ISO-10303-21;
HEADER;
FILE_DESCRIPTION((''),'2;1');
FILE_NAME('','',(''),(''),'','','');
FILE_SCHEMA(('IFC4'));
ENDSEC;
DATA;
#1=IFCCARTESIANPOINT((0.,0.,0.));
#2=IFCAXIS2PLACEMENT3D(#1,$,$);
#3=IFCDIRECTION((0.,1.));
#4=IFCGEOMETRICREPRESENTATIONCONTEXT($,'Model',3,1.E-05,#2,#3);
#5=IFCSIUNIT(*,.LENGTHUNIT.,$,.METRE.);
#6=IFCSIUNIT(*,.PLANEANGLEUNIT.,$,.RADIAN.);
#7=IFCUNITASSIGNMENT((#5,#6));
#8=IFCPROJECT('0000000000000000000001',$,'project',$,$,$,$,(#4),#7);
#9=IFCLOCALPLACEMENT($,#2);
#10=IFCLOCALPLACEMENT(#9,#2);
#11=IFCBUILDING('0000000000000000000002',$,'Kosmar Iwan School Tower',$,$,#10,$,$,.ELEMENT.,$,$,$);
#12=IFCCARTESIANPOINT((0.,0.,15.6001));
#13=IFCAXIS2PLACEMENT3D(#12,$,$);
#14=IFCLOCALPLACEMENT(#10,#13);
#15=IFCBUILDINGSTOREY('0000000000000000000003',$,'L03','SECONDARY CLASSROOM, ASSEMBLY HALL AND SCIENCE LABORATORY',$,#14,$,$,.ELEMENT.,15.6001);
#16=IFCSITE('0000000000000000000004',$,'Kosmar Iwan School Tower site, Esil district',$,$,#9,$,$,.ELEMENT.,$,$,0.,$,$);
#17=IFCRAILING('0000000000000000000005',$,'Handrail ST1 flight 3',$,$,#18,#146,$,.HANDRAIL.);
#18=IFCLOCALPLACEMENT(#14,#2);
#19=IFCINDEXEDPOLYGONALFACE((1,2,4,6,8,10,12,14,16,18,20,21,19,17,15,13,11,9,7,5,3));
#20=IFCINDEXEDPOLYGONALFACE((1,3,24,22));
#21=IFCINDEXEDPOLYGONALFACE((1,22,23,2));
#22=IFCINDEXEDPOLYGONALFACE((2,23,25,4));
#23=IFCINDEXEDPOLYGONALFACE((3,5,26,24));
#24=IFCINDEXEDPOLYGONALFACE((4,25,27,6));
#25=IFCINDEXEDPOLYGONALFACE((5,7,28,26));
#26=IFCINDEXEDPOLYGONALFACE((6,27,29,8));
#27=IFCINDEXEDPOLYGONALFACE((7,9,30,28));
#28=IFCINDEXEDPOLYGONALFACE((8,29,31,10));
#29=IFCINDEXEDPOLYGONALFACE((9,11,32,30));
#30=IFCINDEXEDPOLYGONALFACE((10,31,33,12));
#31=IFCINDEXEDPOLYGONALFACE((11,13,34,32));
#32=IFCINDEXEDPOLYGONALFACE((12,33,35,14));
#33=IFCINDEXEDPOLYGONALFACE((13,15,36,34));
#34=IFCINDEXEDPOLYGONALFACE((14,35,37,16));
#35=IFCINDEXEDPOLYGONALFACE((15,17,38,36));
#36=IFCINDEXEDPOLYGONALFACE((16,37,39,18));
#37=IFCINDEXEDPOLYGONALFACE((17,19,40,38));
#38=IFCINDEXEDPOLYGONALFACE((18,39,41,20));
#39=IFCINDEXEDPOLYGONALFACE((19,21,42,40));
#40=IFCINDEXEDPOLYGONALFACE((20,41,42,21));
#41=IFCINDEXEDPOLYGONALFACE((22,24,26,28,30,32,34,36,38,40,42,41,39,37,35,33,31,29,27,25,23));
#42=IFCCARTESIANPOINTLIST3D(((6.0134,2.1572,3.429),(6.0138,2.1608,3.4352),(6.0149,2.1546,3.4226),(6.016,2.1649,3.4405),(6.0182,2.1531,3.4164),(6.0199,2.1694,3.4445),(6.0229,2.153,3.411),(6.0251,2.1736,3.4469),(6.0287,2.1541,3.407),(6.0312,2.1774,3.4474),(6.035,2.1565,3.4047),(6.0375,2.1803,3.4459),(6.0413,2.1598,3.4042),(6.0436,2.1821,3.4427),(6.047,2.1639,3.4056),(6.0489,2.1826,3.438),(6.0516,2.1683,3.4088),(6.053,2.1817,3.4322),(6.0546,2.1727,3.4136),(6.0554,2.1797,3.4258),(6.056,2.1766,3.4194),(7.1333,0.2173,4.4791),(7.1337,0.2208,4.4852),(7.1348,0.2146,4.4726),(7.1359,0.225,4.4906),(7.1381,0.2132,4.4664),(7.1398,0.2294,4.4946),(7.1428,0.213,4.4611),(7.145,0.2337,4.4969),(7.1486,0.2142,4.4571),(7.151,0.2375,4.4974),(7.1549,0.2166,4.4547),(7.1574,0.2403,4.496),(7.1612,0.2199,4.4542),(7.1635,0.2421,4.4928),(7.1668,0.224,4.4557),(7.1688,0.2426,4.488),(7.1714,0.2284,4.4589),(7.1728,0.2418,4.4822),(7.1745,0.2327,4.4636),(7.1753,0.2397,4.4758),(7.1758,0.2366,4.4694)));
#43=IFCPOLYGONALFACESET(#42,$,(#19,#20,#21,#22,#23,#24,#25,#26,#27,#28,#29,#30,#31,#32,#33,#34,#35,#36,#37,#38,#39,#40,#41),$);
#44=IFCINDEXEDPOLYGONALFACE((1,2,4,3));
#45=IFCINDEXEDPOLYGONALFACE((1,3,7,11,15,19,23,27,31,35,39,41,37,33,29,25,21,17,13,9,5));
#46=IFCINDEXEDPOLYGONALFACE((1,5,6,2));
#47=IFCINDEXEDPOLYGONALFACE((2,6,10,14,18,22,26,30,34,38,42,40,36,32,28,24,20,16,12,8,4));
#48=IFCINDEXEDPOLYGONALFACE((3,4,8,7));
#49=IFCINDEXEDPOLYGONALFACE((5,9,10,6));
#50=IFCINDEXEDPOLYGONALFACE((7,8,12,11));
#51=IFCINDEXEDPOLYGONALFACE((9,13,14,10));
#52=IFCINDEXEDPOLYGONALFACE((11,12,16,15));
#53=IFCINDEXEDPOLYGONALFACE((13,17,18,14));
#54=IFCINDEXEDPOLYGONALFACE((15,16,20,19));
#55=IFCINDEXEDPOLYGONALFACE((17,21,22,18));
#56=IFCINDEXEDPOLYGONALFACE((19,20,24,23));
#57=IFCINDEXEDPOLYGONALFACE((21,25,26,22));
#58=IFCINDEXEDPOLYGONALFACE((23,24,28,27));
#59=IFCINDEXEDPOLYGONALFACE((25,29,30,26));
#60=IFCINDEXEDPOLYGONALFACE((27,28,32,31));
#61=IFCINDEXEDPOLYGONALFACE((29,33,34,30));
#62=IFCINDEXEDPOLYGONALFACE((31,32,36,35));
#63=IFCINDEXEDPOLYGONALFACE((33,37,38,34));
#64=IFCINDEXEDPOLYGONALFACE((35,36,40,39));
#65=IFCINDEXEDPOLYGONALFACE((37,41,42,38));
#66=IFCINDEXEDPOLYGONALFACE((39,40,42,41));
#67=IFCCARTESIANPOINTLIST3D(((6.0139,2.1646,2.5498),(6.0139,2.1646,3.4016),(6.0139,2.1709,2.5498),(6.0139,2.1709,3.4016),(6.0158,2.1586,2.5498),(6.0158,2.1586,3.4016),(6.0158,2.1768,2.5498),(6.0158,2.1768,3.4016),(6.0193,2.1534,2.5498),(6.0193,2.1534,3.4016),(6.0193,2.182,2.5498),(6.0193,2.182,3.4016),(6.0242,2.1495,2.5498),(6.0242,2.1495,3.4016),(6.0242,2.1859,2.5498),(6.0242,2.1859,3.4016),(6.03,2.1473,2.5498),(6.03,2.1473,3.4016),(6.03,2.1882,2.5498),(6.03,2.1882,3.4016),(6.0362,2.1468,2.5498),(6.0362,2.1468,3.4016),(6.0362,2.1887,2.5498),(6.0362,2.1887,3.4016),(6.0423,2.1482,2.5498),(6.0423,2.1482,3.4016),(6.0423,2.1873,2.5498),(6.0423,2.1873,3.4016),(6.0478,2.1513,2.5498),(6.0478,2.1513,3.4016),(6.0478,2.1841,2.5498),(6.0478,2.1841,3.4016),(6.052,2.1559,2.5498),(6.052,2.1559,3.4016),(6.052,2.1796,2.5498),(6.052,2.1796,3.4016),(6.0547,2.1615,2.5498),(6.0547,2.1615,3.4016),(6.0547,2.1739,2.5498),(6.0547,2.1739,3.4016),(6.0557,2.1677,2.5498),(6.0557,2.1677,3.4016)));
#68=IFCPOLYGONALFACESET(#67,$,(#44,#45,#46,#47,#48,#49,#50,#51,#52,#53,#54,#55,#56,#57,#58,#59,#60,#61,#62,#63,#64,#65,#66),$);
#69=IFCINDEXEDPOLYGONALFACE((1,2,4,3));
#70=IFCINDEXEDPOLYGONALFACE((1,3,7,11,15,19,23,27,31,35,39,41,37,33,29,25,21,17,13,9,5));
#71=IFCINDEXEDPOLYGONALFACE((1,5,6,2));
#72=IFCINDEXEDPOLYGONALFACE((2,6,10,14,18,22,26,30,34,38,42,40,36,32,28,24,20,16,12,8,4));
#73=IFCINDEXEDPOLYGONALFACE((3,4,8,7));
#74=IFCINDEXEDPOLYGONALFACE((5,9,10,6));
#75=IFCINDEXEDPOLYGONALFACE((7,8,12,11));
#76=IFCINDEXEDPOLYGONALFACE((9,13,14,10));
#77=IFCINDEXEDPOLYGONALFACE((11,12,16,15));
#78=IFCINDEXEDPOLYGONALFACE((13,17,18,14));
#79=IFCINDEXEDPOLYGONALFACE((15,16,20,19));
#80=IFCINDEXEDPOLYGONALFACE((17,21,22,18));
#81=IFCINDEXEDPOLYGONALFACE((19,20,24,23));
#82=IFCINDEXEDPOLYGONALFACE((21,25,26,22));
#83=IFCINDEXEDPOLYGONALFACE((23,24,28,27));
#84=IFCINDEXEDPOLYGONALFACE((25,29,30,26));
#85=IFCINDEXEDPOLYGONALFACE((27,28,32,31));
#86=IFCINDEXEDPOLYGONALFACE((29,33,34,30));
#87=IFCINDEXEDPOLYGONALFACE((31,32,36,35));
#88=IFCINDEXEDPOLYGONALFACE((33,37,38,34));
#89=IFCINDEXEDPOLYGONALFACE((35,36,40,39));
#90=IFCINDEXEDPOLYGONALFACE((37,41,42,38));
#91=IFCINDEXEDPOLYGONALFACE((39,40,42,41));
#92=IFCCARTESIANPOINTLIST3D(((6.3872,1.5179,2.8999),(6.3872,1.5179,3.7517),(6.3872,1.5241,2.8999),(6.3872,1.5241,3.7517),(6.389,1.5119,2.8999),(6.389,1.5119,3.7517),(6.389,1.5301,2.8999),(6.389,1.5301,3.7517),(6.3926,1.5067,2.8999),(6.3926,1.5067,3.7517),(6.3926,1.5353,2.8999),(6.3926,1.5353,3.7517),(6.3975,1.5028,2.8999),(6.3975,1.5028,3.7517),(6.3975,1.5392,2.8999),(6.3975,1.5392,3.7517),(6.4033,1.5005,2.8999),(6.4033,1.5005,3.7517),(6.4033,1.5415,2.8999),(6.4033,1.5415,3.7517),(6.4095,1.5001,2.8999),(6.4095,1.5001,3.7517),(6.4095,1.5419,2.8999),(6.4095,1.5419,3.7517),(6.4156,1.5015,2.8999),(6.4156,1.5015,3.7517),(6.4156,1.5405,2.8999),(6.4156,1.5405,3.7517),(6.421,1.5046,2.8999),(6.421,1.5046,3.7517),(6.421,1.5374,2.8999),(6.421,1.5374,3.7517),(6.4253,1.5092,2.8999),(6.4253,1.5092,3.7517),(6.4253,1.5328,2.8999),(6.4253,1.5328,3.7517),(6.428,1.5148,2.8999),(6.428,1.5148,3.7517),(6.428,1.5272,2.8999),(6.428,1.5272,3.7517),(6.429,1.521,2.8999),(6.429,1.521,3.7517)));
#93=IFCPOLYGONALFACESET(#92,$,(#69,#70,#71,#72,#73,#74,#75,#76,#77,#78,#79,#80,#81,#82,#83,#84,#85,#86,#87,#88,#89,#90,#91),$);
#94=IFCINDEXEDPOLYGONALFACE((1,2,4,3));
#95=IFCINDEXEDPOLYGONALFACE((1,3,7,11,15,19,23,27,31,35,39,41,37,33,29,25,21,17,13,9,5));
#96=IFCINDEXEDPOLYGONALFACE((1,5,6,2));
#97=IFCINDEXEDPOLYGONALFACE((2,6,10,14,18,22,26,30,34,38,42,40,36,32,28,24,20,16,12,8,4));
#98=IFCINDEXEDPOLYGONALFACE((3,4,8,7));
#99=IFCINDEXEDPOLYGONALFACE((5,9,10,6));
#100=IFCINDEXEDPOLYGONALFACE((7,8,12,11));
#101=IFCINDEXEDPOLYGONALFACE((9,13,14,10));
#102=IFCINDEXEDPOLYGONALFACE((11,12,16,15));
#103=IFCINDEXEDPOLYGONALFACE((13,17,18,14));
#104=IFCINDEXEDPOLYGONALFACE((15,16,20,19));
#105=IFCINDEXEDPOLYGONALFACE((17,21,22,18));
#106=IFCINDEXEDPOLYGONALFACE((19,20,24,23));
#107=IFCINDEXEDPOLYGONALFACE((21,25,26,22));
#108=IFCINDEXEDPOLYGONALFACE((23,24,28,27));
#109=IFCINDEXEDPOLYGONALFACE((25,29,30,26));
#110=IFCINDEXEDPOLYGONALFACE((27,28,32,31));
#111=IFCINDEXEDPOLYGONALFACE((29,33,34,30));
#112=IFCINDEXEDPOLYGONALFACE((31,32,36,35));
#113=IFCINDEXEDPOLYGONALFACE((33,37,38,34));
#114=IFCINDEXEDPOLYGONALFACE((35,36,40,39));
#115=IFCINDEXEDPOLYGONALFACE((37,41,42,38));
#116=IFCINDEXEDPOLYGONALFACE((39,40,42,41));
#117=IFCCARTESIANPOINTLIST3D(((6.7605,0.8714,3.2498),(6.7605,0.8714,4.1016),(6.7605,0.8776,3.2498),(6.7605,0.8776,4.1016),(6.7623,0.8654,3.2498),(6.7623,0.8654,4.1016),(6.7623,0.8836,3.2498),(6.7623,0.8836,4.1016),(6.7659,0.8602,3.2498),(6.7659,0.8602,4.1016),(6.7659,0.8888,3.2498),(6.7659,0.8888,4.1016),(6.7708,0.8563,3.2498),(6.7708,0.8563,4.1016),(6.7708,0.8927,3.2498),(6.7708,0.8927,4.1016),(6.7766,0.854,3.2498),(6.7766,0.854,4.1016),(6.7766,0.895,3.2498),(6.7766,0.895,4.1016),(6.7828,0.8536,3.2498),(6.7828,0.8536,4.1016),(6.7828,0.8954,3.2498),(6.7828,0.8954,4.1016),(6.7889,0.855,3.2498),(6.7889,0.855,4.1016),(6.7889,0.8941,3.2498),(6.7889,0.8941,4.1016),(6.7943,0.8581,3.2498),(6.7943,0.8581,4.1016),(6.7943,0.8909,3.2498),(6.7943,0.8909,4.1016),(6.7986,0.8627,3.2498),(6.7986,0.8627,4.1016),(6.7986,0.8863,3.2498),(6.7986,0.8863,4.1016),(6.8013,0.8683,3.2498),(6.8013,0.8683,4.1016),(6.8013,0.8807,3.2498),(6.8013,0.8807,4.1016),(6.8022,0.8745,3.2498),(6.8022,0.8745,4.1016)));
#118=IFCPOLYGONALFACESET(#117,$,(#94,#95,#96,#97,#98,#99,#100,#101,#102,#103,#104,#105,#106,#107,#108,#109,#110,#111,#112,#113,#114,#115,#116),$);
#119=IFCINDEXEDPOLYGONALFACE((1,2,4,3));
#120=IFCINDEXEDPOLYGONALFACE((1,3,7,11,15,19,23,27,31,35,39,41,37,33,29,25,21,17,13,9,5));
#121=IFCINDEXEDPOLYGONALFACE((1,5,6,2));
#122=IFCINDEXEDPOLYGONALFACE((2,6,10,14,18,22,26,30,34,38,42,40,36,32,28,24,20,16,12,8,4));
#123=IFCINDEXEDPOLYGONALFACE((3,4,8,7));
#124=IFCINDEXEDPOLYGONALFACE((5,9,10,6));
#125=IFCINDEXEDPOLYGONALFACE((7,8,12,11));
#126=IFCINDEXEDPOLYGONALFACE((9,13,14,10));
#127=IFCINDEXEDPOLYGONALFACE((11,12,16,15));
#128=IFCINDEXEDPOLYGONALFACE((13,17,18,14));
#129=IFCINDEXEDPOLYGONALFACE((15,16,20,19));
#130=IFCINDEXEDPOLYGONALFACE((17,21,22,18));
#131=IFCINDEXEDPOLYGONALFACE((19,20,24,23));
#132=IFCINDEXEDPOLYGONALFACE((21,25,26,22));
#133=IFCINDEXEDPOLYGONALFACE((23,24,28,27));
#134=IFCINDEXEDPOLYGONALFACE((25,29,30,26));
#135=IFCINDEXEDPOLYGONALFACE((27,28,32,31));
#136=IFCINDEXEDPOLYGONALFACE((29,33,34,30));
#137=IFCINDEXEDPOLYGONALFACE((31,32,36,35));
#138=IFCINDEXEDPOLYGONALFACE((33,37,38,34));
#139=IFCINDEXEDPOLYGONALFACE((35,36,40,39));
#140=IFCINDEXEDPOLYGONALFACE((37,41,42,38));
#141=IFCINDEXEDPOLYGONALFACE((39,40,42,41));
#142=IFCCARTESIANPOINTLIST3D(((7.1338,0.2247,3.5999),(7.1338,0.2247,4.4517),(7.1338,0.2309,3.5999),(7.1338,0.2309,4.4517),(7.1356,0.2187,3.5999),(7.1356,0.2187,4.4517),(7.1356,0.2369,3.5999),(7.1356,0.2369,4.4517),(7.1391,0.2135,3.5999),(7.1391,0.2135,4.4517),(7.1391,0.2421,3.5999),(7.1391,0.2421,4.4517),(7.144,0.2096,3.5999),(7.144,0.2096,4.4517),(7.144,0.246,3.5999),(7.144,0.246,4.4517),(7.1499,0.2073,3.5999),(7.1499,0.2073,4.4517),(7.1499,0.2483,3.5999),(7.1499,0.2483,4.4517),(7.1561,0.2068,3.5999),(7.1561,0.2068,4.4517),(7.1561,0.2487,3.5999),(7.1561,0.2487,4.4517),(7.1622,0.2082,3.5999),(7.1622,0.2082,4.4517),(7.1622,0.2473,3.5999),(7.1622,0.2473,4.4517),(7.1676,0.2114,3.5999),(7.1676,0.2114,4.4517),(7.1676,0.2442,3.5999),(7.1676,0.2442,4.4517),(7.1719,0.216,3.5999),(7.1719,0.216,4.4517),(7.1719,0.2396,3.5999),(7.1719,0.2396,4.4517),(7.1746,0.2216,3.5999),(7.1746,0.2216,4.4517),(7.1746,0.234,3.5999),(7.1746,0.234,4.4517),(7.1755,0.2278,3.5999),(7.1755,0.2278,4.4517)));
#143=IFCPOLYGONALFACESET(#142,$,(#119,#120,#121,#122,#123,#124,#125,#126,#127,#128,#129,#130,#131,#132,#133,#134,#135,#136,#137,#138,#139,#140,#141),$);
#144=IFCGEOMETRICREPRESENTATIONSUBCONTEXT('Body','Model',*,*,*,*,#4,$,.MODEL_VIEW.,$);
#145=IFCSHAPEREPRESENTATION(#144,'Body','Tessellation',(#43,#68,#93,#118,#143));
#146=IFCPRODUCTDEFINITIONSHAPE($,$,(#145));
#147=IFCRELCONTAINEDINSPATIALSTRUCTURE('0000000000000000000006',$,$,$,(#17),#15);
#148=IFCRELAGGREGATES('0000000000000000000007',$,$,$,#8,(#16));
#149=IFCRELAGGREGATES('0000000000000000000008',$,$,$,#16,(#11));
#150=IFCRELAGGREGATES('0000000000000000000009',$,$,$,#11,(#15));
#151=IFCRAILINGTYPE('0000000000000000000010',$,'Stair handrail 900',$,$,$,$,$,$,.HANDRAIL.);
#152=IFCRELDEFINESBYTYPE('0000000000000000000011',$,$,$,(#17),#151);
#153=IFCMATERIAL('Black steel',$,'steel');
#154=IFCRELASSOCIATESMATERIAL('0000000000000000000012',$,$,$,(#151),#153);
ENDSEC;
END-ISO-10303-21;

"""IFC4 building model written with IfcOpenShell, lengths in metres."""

from ifc_helpers import new_model, si_unit, direction, frame, origin, origin_2d, place, context, subcontext, project, spatial, circle, extrude, material, type_object, element, save


model = new_model("IFC4")

# Units and contexts
model_context = context("Model", 3, precision=1e-05, world=origin(), true_north=direction((0.0, 1.0)))
body_context = subcontext(model_context, "Body", "Model", "MODEL_VIEW")
ifc_project = project(units=[si_unit("LENGTHUNIT", "METRE"), si_unit("PLANEANGLEUNIT", "RADIAN")], contexts=[model_context])

# Site, building, storey
site_placement = place(None, origin())
site = spatial("IfcSite", under=ifc_project, at=site_placement, Name="Kosmar Iwan School Tower site, Esil district", CompositionType="ELEMENT", RefElevation=0.0)
building_placement = place(site_placement, origin())
building = spatial("IfcBuilding", under=site, at=building_placement, Name="Kosmar Iwan School Tower", CompositionType="ELEMENT")
storey_placement = place(building_placement, frame((0.0, 0.0, 15.6001)))
storey = spatial("IfcBuildingStorey", under=building, at=storey_placement, Name="L03", Description="SECONDARY CLASSROOM, ASSEMBLY HALL AND SCIENCE LABORATORY", CompositionType="ELEMENT", Elevation=15.6001)

# Railing
ifc_material_1 = material(Name="Black steel", Category="steel")
railing_type = type_object("IfcRailingType", Name="Stair handrail 900", PredefinedType="HANDRAIL", material=ifc_material_1)
railing_1_placement = place(storey_placement, frame((6.0347, 2.1677, 2.5498)))
element("IfcRailing", 1, at=railing_1_placement, inside=storey, type_object=railing_type, Name="Handrail ST1 flight 3", PredefinedType="HANDRAIL", context=body_context, shape_type="SweptSolid", body=[
    extrude(circle(Radius=0.0239, at=origin_2d()), frame((0.0, 0.0, 0.876), z_axis=(0.452678, -0.784169, 0.424454), x_axis=(0.866055, 0.499949, 0.0)), (0.0, 0.0, 1.0), 2.4739),
    extrude(circle(Radius=0.021, at=origin_2d()), origin(), (0.0, 0.0, 1.0), 0.8518),
    extrude(circle(Radius=0.021, at=origin_2d()), frame((0.3733, -0.6467, 0.3501)), (0.0, 0.0, 1.0), 0.8518),
    extrude(circle(Radius=0.021, at=origin_2d()), frame((0.7466, -1.2932, 0.7)), (0.0, 0.0, 1.0), 0.8518),
    extrude(circle(Radius=0.021, at=origin_2d()), frame((1.1199, -1.9399, 1.05)), (0.0, 0.0, 1.0), 0.8518),
])

save(model, "model.ifc")
